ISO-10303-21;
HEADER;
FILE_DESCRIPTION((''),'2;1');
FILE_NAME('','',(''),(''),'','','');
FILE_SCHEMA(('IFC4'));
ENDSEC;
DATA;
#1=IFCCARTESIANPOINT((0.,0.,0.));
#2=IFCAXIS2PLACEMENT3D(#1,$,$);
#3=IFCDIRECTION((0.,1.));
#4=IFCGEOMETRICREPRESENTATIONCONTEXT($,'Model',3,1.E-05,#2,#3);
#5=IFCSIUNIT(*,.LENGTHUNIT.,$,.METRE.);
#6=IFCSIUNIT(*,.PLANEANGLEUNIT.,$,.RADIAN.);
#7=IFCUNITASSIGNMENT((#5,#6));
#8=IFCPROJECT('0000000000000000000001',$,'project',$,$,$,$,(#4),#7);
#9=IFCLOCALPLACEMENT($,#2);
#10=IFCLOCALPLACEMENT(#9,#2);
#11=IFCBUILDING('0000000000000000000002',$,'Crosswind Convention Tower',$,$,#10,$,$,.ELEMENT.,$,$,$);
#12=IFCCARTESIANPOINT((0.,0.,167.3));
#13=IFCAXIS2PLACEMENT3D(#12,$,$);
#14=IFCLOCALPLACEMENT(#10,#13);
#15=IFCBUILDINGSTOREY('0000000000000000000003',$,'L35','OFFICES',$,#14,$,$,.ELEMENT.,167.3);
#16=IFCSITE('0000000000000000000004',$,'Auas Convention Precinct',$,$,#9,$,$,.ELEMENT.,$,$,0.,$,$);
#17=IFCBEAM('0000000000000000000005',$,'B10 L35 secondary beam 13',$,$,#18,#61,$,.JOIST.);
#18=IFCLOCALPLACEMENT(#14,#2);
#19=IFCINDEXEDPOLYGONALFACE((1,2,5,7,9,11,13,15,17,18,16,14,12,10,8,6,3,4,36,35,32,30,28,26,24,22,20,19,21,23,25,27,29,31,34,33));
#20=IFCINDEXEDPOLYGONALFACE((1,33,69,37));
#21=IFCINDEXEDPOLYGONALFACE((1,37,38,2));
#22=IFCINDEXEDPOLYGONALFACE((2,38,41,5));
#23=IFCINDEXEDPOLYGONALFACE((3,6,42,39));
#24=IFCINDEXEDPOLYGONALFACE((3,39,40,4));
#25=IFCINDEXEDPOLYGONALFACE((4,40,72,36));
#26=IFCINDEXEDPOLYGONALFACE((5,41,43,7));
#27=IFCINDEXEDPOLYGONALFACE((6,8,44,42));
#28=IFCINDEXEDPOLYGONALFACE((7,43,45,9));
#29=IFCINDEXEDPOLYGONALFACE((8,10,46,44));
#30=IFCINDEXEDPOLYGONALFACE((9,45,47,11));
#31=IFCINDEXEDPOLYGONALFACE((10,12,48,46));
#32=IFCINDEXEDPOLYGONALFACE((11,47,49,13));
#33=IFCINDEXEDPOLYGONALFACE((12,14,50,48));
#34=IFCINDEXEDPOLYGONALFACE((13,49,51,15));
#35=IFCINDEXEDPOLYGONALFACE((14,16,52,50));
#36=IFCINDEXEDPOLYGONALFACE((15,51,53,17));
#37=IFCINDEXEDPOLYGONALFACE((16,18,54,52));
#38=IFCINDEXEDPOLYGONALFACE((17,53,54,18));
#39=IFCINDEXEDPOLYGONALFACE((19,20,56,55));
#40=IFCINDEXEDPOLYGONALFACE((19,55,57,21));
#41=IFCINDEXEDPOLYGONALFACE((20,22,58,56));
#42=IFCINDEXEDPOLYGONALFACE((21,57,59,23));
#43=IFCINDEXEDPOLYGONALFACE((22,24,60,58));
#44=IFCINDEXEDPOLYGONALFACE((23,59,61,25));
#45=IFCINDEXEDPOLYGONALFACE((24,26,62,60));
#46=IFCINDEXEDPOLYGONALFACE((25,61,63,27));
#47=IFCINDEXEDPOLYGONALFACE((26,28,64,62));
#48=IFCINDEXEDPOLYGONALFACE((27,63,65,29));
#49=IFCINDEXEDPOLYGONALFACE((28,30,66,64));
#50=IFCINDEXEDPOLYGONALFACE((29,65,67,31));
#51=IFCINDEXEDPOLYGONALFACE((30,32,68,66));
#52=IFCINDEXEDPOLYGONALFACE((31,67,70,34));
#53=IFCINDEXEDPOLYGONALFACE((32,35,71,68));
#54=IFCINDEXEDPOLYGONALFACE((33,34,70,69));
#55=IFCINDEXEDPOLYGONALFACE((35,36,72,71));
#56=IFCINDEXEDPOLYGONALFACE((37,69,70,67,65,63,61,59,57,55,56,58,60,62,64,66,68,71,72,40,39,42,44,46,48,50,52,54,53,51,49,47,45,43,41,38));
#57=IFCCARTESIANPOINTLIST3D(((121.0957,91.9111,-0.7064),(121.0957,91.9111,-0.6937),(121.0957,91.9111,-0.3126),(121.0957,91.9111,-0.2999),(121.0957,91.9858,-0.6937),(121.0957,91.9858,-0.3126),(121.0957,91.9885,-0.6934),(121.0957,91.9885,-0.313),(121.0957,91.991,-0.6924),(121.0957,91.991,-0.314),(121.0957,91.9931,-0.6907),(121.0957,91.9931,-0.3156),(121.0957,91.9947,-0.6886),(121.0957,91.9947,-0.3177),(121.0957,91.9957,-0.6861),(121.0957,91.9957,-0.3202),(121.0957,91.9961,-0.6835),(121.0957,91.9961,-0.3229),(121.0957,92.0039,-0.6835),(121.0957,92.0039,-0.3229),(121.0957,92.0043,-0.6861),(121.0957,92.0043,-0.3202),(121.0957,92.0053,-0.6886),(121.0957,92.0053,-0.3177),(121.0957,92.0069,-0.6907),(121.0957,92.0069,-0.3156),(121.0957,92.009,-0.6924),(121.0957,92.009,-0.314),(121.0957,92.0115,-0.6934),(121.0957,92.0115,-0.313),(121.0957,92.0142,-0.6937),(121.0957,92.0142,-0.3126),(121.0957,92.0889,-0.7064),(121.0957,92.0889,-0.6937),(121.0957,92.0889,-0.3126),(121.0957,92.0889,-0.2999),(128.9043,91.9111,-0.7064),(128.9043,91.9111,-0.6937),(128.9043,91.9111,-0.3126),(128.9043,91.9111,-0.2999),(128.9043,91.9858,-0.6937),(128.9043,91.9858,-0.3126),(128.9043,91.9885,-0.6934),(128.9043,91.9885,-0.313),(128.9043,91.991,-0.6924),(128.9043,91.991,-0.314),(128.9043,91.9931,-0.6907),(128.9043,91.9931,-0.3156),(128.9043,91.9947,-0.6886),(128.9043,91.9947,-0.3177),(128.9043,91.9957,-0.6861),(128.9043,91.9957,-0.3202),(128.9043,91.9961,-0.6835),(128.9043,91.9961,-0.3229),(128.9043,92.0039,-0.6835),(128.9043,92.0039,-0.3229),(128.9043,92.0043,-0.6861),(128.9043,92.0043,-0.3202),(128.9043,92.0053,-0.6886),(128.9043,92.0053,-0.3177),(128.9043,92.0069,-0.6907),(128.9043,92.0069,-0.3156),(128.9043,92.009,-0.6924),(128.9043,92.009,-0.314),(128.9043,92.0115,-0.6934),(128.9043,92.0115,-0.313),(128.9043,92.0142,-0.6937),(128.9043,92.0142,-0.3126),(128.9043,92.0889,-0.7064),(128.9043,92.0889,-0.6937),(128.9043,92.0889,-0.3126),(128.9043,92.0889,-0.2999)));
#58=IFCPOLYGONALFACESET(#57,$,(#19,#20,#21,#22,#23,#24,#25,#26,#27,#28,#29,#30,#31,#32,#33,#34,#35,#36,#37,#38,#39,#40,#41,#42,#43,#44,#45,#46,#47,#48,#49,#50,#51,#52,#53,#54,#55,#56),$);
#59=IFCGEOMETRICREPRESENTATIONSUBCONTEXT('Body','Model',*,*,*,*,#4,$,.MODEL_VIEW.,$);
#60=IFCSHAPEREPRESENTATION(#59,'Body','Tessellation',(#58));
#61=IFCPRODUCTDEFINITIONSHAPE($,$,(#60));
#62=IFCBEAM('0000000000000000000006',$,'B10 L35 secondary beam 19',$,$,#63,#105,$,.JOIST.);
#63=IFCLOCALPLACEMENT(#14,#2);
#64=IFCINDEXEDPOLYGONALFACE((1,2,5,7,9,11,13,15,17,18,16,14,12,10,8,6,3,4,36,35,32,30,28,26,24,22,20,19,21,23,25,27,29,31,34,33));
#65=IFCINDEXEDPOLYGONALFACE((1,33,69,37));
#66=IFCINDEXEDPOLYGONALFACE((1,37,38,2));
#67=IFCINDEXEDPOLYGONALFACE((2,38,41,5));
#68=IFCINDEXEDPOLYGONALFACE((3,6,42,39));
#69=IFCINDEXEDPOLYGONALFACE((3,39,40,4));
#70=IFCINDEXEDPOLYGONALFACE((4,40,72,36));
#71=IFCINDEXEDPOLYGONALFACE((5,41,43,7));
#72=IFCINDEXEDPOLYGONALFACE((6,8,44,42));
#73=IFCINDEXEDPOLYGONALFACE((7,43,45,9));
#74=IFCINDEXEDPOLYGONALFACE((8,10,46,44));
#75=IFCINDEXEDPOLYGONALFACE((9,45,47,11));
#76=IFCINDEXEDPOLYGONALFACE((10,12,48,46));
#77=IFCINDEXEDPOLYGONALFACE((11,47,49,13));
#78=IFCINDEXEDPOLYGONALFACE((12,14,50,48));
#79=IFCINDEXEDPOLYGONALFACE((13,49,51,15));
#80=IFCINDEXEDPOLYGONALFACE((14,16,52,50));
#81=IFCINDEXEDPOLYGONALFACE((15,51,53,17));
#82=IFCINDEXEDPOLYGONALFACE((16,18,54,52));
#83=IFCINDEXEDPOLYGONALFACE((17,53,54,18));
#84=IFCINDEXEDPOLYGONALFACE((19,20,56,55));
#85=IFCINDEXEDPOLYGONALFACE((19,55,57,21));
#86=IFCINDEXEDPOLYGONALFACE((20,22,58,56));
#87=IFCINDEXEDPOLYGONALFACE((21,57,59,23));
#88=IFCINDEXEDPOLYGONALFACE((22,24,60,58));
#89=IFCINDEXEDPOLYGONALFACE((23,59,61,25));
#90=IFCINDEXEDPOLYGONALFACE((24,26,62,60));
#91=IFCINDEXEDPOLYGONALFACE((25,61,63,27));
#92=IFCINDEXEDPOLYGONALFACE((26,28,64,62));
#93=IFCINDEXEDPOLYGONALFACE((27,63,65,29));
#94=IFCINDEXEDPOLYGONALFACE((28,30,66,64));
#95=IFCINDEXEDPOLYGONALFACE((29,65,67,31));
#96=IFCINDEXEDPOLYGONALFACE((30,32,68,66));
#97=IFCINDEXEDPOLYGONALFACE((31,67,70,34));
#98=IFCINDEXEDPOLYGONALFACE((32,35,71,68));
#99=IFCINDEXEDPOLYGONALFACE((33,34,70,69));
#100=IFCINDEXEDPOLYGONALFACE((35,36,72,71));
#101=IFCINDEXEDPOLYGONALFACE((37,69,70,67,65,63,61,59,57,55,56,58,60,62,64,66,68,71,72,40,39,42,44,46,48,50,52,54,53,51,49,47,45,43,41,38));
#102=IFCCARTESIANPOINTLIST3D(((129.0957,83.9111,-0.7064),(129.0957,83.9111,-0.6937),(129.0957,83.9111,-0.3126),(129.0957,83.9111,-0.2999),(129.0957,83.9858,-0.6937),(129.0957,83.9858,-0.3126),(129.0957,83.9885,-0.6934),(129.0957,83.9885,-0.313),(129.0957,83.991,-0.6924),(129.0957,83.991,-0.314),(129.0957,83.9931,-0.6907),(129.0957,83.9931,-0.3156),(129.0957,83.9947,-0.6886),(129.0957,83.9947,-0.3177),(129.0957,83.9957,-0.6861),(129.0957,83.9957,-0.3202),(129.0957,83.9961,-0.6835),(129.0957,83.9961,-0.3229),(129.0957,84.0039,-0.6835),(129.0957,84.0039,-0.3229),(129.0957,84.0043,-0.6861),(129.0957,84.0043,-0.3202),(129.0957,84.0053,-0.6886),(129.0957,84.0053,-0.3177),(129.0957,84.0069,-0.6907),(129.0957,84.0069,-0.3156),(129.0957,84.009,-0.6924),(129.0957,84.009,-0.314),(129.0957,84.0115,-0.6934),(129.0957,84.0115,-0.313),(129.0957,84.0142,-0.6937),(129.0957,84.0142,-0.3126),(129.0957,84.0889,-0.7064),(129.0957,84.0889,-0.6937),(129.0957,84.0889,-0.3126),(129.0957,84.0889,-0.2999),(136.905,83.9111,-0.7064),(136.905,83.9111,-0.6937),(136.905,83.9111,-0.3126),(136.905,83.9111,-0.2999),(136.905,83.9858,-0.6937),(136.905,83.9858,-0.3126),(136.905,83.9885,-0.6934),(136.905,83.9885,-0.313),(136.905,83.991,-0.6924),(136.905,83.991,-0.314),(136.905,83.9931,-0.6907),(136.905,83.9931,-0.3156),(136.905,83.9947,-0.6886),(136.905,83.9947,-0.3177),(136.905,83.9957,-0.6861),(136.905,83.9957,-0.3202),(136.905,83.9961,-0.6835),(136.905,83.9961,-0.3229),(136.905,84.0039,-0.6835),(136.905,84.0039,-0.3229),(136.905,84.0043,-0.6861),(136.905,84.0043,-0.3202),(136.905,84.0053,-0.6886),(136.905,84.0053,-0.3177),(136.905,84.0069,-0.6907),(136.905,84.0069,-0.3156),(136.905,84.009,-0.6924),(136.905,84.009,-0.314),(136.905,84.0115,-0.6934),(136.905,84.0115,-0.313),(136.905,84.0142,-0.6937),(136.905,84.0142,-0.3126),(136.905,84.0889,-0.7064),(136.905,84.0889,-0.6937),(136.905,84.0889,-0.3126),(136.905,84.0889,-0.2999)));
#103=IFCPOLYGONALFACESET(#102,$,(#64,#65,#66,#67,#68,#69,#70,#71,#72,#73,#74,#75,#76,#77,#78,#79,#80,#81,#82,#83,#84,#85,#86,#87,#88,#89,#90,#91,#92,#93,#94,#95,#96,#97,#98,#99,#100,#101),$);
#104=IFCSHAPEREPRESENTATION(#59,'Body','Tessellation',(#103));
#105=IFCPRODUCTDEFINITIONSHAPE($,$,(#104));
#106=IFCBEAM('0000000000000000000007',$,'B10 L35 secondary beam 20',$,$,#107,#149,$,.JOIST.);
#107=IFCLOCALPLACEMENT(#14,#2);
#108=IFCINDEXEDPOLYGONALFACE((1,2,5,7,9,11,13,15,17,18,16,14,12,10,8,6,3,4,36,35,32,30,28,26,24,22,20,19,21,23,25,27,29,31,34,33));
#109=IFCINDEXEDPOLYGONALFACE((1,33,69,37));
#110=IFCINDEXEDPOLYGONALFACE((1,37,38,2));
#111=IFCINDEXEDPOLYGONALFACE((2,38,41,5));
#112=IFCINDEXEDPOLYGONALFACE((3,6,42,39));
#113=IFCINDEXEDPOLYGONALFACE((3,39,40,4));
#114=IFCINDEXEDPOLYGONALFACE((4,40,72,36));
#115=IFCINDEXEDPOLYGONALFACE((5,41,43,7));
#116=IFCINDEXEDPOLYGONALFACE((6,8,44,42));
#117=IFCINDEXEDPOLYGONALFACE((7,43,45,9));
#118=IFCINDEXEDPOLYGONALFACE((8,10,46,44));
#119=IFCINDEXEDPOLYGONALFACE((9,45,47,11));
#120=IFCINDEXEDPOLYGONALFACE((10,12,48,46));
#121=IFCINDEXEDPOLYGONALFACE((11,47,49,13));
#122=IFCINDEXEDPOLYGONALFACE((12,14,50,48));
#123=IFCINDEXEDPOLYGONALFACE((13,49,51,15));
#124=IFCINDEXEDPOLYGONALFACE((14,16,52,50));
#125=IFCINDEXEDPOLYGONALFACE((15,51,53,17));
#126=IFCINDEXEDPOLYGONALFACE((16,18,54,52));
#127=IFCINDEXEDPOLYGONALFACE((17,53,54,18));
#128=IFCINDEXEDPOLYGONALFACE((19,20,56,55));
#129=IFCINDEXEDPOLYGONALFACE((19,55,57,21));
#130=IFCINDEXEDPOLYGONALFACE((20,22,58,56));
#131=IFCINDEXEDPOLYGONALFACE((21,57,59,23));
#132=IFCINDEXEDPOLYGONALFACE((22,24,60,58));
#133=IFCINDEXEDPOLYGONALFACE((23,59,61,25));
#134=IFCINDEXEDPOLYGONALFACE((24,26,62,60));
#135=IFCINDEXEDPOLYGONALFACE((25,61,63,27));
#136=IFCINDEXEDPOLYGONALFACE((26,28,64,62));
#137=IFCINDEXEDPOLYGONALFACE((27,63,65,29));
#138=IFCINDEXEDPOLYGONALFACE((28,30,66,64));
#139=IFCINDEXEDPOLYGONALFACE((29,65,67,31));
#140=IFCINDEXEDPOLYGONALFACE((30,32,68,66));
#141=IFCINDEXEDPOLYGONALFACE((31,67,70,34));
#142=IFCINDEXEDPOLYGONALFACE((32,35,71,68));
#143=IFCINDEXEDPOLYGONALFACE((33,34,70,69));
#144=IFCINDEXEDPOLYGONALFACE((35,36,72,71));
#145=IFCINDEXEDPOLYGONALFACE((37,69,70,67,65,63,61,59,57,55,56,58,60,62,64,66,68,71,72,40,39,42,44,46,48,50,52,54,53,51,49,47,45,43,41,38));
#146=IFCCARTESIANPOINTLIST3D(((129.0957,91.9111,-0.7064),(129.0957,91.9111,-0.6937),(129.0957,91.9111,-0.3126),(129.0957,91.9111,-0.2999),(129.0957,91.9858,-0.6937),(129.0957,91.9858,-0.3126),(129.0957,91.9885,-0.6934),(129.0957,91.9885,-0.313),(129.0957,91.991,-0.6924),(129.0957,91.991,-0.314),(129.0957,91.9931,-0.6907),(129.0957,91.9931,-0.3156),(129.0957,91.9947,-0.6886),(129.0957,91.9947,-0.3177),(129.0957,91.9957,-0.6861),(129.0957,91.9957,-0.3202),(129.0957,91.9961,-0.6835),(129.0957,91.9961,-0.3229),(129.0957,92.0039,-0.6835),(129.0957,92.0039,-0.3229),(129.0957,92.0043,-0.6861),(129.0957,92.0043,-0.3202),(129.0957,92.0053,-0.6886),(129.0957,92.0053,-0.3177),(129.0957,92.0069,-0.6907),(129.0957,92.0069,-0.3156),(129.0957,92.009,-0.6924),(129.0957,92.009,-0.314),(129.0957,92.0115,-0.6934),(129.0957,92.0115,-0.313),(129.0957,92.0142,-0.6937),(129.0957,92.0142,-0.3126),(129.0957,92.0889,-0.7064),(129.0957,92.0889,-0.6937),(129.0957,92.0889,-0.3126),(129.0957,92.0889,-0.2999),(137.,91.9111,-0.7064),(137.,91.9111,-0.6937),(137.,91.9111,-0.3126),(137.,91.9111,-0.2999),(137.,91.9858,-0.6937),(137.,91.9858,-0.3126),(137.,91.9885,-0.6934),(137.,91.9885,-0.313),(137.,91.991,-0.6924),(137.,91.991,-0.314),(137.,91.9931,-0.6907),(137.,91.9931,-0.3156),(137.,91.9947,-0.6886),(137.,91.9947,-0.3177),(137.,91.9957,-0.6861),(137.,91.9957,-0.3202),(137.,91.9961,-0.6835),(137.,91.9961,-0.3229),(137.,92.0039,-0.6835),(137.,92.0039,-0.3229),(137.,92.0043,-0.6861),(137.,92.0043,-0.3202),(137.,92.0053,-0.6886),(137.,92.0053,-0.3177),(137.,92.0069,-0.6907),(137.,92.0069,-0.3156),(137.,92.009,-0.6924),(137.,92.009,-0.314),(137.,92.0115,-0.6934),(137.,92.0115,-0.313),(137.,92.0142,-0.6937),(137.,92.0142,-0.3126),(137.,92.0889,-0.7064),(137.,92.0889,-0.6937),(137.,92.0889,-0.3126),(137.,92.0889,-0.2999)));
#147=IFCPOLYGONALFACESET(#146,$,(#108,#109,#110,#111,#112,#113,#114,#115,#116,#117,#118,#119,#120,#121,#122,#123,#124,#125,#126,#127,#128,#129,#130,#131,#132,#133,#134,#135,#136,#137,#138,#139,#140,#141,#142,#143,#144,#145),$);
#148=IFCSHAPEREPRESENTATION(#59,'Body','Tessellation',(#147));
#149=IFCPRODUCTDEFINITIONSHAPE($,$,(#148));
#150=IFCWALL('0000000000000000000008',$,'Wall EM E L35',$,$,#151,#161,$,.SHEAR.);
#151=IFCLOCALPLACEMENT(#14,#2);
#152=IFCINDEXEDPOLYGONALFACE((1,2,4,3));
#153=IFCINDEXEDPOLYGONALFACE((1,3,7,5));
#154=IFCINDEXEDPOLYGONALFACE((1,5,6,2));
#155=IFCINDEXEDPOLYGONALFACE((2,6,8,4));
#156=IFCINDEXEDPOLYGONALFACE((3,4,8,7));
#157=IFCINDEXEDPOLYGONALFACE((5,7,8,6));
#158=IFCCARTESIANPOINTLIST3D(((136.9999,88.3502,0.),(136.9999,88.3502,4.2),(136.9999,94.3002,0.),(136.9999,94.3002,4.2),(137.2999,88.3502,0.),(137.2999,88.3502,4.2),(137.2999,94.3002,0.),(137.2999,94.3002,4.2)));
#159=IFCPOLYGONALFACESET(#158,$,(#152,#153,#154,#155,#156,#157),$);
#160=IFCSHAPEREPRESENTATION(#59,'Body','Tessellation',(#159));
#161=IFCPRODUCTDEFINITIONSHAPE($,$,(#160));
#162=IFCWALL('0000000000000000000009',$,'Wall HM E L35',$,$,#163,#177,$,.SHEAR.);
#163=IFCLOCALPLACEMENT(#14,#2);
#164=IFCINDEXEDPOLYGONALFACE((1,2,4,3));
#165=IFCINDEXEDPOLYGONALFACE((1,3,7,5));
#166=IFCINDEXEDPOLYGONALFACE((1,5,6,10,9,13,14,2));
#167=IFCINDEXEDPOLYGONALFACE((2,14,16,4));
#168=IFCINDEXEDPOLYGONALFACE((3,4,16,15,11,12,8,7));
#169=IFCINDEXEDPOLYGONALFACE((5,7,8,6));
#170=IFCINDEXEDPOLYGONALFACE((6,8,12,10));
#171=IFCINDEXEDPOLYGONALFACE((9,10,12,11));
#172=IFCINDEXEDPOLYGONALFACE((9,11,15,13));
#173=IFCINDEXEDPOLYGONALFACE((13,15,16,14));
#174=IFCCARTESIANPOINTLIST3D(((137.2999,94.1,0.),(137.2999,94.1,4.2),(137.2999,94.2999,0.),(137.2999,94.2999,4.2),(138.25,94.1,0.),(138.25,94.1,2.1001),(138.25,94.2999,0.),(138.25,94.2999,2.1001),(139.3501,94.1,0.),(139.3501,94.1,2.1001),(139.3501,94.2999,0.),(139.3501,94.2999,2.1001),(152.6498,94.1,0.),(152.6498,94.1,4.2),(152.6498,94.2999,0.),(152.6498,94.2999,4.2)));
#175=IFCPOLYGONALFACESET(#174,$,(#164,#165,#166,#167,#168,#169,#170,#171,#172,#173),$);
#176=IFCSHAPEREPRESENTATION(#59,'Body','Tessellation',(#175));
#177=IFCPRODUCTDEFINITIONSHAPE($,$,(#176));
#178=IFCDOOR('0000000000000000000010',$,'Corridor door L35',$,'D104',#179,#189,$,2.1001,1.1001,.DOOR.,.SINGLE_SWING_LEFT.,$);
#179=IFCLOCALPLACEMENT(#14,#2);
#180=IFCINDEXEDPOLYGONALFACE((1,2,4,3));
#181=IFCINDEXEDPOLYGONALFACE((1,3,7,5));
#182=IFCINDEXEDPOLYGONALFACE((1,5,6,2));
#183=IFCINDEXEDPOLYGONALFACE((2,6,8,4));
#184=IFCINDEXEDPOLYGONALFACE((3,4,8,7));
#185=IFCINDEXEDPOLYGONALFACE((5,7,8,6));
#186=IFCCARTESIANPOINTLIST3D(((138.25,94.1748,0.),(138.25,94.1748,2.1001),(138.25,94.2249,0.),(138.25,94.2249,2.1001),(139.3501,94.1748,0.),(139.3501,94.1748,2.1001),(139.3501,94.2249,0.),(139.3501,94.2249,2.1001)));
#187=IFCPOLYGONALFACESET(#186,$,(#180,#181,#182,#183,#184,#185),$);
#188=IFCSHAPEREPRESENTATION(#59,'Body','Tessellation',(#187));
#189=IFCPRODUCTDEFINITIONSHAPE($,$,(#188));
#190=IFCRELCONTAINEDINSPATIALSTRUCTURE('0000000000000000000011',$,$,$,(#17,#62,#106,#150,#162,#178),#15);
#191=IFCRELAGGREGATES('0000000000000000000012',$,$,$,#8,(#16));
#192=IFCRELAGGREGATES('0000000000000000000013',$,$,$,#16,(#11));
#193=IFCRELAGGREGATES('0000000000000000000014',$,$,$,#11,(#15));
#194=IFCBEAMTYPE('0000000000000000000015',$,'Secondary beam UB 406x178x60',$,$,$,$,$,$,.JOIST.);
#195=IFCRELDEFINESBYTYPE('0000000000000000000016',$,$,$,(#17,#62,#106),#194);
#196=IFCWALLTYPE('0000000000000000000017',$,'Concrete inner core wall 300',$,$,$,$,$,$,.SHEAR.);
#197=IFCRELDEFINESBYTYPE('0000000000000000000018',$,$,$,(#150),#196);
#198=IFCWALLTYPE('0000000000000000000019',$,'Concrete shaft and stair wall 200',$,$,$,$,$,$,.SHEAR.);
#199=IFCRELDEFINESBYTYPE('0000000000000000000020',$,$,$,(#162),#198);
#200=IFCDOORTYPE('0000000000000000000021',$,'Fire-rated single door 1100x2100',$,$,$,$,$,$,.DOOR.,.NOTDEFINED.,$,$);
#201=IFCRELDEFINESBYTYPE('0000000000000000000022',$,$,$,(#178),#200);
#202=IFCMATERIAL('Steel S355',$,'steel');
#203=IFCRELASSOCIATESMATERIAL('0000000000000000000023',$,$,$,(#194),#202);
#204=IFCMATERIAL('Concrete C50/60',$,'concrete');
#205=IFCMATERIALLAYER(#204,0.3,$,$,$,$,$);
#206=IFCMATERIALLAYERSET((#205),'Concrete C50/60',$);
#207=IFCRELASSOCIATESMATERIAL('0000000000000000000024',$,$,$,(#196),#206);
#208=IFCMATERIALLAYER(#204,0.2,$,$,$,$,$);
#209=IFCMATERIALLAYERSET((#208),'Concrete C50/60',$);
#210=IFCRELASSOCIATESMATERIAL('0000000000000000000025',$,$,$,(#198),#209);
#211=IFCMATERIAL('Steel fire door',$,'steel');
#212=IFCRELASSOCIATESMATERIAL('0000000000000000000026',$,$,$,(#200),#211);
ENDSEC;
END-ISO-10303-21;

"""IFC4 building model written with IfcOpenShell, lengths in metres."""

from ifc_helpers import new_model, si_unit, direction, frame, frame_2d, origin, origin_2d, place, context, subcontext, project, spatial, rectangle, i_section, extrude, material, layer, layer_set, material_profile, profile_set, type_object, element, fill, save


model = new_model("IFC4")

# Units and contexts
model_context = context("Model", 3, precision=1e-05, world=origin(), true_north=direction((0.0, 1.0)))
body_context = subcontext(model_context, "Body", "Model", "MODEL_VIEW")
ifc_project = project(units=[si_unit("LENGTHUNIT", "METRE"), si_unit("PLANEANGLEUNIT", "RADIAN")], contexts=[model_context])

# Site, building, storey
site_placement = place(None, origin())
site = spatial("IfcSite", under=ifc_project, at=site_placement, Name="Auas Convention Precinct", CompositionType="ELEMENT", RefElevation=0.0)
building_placement = place(site_placement, origin())
building = spatial("IfcBuilding", under=site, at=building_placement, Name="Crosswind Convention Tower", CompositionType="ELEMENT")
storey_placement = place(building_placement, frame((0.0, 0.0, 167.3)))
storey = spatial("IfcBuildingStorey", under=building, at=storey_placement, Name="L35", Description="OFFICES", CompositionType="ELEMENT", Elevation=167.3)

# Beams
ifc_material_1 = material(Name="Steel S355", Category="steel")
ifc_material_profile_1 = material_profile(ifc_material_1, i_section(OverallWidth=0.1777, OverallDepth=0.4065, WebThickness=0.0078, FlangeThickness=0.0127, FilletRadius=0.0103, at=origin_2d()), Name="UB 406x178x60")
ifc_profile_set_1 = profile_set([ifc_material_profile_1], Name="Steel S355")
beam_type_1 = type_object("IfcBeamType", Name="Secondary beam UB 406x178x60", PredefinedType="JOIST", material=ifc_profile_set_1)
beam_1_placement = place(storey_placement, frame((121.0957, 92.0, -0.5032), z_axis=(1.0, 0.0, 0.0), x_axis=(0.0, 1.0, 0.0)))
element("IfcBeam", 1, at=beam_1_placement, inside=storey, type_object=beam_type_1, Name="B10 L35 secondary beam 13", PredefinedType="JOIST", context=body_context, shape_type="SweptSolid", body=[
    extrude(i_section(OverallWidth=0.1777, OverallDepth=0.4065, WebThickness=0.0078, FlangeThickness=0.0127, FilletRadius=0.0103, at=origin_2d()), origin(), (0.0, 0.0, 1.0), 7.8086),
])
beam_2_placement = place(storey_placement, frame((129.0957, 84.0, -0.5032), z_axis=(1.0, 0.0, 0.0), x_axis=(0.0, 1.0, 0.0)))
element("IfcBeam", 2, at=beam_2_placement, inside=storey, type_object=beam_type_1, Name="B10 L35 secondary beam 19", PredefinedType="JOIST", context=body_context, shape_type="SweptSolid", body=[
    extrude(i_section(OverallWidth=0.1777, OverallDepth=0.4065, WebThickness=0.0078, FlangeThickness=0.0127, FilletRadius=0.0103, at=origin_2d()), origin(), (0.0, 0.0, 1.0), 7.8093),
])
beam_3_placement = place(storey_placement, frame((129.0957, 92.0, -0.5032), z_axis=(1.0, 0.0, 0.0), x_axis=(0.0, 1.0, 0.0)))
element("IfcBeam", 3, at=beam_3_placement, inside=storey, type_object=beam_type_1, Name="B10 L35 secondary beam 20", PredefinedType="JOIST", context=body_context, shape_type="SweptSolid", body=[
    extrude(i_section(OverallWidth=0.1777, OverallDepth=0.4065, WebThickness=0.0078, FlangeThickness=0.0127, FilletRadius=0.0103, at=origin_2d()), origin(), (0.0, 0.0, 1.0), 7.9043),
])

# Shared definitions
ifc_material_2 = material(Name="Concrete C50/60", Category="concrete")
ifc_layer_1 = layer(ifc_material_2, 0.3)
ifc_layer_set_1 = layer_set([ifc_layer_1], Name="Concrete C50/60")
wall_type_1 = type_object("IfcWallType", Name="Concrete inner core wall 300", PredefinedType="SHEAR", material=ifc_layer_set_1)

# Wall
wall_1_placement = place(storey_placement, frame((137.1499, 88.3501, 0.0), z_axis=(0.0, 0.0, 1.0), x_axis=(0.0, 1.0, 0.0)))
element("IfcWall", 4, at=wall_1_placement, inside=storey, type_object=wall_type_1, Name="Wall EM E L35", PredefinedType="SHEAR", context=body_context, shape_type="SweptSolid", body=[
    extrude(rectangle(XDim=5.95, YDim=0.3, at=frame_2d((2.9751, 0.0))), origin(), (0.0, 0.0, 1.0), 4.2),
])

# Wall, opening, door
ifc_layer_2 = layer(ifc_material_2, 0.2)
ifc_layer_set_2 = layer_set([ifc_layer_2], Name="Concrete C50/60")
wall_type_2 = type_object("IfcWallType", Name="Concrete shaft and stair wall 200", PredefinedType="SHEAR", material=ifc_layer_set_2)
wall_2_placement = place(storey_placement, frame((137.3, 94.2, 0.0), z_axis=(0.0, 0.0, 1.0), x_axis=(1.0, 0.0, 0.0)))
wall_2 = element("IfcWall", 5, at=wall_2_placement, inside=storey, type_object=wall_type_2, Name="Wall HM E L35", PredefinedType="SHEAR", context=body_context, shape_type="SweptSolid", body=[
    extrude(rectangle(XDim=15.3499, YDim=0.2, at=frame_2d((7.6748, 0.0))), origin(), (0.0, 0.0, 1.0), 4.2),
])
opening_1_placement = place(wall_2_placement, frame((0.95, 0.0, 0.0)))
opening_1 = element("IfcOpeningElement", 6, at=opening_1_placement, cuts=wall_2, PredefinedType="OPENING", context=body_context, shape_type="SweptSolid", body=[
    extrude(rectangle(XDim=1.1001, YDim=2.1001, at=frame_2d((0.55, 1.05))), frame((0.0, 0.1099, 0.0), z_axis=(0.0, -1.0, 0.0), x_axis=(1.0, 0.0, 0.0)), (0.0, 0.0, 1.0), 0.22),
])
ifc_material_3 = material(Name="Steel fire door", Category="steel")
door_type_1 = type_object("IfcDoorType", Name="Fire-rated single door 1100x2100", OperationType="NOTDEFINED", PredefinedType="DOOR", material=ifc_material_3)
door_1_placement = place(opening_1_placement, origin())
door_1 = element("IfcDoor", 7, at=door_1_placement, inside=storey, type_object=door_type_1, Name="Corridor door L35", ObjectType="D104", OperationType="SINGLE_SWING_LEFT", OverallHeight=2.1001, OverallWidth=1.1001, PredefinedType="DOOR", context=body_context, shape_type="SweptSolid", body=[
    extrude(rectangle(XDim=1.1001, YDim=2.1001, at=frame_2d((0.55, 1.05))), frame((0.0, 0.0249, 0.0), z_axis=(0.0, -1.0, 0.0), x_axis=(1.0, 0.0, 0.0)), (0.0, 0.0, 1.0), 0.05),
])
fill(opening_1, door_1)

save(model, "model.ifc")
